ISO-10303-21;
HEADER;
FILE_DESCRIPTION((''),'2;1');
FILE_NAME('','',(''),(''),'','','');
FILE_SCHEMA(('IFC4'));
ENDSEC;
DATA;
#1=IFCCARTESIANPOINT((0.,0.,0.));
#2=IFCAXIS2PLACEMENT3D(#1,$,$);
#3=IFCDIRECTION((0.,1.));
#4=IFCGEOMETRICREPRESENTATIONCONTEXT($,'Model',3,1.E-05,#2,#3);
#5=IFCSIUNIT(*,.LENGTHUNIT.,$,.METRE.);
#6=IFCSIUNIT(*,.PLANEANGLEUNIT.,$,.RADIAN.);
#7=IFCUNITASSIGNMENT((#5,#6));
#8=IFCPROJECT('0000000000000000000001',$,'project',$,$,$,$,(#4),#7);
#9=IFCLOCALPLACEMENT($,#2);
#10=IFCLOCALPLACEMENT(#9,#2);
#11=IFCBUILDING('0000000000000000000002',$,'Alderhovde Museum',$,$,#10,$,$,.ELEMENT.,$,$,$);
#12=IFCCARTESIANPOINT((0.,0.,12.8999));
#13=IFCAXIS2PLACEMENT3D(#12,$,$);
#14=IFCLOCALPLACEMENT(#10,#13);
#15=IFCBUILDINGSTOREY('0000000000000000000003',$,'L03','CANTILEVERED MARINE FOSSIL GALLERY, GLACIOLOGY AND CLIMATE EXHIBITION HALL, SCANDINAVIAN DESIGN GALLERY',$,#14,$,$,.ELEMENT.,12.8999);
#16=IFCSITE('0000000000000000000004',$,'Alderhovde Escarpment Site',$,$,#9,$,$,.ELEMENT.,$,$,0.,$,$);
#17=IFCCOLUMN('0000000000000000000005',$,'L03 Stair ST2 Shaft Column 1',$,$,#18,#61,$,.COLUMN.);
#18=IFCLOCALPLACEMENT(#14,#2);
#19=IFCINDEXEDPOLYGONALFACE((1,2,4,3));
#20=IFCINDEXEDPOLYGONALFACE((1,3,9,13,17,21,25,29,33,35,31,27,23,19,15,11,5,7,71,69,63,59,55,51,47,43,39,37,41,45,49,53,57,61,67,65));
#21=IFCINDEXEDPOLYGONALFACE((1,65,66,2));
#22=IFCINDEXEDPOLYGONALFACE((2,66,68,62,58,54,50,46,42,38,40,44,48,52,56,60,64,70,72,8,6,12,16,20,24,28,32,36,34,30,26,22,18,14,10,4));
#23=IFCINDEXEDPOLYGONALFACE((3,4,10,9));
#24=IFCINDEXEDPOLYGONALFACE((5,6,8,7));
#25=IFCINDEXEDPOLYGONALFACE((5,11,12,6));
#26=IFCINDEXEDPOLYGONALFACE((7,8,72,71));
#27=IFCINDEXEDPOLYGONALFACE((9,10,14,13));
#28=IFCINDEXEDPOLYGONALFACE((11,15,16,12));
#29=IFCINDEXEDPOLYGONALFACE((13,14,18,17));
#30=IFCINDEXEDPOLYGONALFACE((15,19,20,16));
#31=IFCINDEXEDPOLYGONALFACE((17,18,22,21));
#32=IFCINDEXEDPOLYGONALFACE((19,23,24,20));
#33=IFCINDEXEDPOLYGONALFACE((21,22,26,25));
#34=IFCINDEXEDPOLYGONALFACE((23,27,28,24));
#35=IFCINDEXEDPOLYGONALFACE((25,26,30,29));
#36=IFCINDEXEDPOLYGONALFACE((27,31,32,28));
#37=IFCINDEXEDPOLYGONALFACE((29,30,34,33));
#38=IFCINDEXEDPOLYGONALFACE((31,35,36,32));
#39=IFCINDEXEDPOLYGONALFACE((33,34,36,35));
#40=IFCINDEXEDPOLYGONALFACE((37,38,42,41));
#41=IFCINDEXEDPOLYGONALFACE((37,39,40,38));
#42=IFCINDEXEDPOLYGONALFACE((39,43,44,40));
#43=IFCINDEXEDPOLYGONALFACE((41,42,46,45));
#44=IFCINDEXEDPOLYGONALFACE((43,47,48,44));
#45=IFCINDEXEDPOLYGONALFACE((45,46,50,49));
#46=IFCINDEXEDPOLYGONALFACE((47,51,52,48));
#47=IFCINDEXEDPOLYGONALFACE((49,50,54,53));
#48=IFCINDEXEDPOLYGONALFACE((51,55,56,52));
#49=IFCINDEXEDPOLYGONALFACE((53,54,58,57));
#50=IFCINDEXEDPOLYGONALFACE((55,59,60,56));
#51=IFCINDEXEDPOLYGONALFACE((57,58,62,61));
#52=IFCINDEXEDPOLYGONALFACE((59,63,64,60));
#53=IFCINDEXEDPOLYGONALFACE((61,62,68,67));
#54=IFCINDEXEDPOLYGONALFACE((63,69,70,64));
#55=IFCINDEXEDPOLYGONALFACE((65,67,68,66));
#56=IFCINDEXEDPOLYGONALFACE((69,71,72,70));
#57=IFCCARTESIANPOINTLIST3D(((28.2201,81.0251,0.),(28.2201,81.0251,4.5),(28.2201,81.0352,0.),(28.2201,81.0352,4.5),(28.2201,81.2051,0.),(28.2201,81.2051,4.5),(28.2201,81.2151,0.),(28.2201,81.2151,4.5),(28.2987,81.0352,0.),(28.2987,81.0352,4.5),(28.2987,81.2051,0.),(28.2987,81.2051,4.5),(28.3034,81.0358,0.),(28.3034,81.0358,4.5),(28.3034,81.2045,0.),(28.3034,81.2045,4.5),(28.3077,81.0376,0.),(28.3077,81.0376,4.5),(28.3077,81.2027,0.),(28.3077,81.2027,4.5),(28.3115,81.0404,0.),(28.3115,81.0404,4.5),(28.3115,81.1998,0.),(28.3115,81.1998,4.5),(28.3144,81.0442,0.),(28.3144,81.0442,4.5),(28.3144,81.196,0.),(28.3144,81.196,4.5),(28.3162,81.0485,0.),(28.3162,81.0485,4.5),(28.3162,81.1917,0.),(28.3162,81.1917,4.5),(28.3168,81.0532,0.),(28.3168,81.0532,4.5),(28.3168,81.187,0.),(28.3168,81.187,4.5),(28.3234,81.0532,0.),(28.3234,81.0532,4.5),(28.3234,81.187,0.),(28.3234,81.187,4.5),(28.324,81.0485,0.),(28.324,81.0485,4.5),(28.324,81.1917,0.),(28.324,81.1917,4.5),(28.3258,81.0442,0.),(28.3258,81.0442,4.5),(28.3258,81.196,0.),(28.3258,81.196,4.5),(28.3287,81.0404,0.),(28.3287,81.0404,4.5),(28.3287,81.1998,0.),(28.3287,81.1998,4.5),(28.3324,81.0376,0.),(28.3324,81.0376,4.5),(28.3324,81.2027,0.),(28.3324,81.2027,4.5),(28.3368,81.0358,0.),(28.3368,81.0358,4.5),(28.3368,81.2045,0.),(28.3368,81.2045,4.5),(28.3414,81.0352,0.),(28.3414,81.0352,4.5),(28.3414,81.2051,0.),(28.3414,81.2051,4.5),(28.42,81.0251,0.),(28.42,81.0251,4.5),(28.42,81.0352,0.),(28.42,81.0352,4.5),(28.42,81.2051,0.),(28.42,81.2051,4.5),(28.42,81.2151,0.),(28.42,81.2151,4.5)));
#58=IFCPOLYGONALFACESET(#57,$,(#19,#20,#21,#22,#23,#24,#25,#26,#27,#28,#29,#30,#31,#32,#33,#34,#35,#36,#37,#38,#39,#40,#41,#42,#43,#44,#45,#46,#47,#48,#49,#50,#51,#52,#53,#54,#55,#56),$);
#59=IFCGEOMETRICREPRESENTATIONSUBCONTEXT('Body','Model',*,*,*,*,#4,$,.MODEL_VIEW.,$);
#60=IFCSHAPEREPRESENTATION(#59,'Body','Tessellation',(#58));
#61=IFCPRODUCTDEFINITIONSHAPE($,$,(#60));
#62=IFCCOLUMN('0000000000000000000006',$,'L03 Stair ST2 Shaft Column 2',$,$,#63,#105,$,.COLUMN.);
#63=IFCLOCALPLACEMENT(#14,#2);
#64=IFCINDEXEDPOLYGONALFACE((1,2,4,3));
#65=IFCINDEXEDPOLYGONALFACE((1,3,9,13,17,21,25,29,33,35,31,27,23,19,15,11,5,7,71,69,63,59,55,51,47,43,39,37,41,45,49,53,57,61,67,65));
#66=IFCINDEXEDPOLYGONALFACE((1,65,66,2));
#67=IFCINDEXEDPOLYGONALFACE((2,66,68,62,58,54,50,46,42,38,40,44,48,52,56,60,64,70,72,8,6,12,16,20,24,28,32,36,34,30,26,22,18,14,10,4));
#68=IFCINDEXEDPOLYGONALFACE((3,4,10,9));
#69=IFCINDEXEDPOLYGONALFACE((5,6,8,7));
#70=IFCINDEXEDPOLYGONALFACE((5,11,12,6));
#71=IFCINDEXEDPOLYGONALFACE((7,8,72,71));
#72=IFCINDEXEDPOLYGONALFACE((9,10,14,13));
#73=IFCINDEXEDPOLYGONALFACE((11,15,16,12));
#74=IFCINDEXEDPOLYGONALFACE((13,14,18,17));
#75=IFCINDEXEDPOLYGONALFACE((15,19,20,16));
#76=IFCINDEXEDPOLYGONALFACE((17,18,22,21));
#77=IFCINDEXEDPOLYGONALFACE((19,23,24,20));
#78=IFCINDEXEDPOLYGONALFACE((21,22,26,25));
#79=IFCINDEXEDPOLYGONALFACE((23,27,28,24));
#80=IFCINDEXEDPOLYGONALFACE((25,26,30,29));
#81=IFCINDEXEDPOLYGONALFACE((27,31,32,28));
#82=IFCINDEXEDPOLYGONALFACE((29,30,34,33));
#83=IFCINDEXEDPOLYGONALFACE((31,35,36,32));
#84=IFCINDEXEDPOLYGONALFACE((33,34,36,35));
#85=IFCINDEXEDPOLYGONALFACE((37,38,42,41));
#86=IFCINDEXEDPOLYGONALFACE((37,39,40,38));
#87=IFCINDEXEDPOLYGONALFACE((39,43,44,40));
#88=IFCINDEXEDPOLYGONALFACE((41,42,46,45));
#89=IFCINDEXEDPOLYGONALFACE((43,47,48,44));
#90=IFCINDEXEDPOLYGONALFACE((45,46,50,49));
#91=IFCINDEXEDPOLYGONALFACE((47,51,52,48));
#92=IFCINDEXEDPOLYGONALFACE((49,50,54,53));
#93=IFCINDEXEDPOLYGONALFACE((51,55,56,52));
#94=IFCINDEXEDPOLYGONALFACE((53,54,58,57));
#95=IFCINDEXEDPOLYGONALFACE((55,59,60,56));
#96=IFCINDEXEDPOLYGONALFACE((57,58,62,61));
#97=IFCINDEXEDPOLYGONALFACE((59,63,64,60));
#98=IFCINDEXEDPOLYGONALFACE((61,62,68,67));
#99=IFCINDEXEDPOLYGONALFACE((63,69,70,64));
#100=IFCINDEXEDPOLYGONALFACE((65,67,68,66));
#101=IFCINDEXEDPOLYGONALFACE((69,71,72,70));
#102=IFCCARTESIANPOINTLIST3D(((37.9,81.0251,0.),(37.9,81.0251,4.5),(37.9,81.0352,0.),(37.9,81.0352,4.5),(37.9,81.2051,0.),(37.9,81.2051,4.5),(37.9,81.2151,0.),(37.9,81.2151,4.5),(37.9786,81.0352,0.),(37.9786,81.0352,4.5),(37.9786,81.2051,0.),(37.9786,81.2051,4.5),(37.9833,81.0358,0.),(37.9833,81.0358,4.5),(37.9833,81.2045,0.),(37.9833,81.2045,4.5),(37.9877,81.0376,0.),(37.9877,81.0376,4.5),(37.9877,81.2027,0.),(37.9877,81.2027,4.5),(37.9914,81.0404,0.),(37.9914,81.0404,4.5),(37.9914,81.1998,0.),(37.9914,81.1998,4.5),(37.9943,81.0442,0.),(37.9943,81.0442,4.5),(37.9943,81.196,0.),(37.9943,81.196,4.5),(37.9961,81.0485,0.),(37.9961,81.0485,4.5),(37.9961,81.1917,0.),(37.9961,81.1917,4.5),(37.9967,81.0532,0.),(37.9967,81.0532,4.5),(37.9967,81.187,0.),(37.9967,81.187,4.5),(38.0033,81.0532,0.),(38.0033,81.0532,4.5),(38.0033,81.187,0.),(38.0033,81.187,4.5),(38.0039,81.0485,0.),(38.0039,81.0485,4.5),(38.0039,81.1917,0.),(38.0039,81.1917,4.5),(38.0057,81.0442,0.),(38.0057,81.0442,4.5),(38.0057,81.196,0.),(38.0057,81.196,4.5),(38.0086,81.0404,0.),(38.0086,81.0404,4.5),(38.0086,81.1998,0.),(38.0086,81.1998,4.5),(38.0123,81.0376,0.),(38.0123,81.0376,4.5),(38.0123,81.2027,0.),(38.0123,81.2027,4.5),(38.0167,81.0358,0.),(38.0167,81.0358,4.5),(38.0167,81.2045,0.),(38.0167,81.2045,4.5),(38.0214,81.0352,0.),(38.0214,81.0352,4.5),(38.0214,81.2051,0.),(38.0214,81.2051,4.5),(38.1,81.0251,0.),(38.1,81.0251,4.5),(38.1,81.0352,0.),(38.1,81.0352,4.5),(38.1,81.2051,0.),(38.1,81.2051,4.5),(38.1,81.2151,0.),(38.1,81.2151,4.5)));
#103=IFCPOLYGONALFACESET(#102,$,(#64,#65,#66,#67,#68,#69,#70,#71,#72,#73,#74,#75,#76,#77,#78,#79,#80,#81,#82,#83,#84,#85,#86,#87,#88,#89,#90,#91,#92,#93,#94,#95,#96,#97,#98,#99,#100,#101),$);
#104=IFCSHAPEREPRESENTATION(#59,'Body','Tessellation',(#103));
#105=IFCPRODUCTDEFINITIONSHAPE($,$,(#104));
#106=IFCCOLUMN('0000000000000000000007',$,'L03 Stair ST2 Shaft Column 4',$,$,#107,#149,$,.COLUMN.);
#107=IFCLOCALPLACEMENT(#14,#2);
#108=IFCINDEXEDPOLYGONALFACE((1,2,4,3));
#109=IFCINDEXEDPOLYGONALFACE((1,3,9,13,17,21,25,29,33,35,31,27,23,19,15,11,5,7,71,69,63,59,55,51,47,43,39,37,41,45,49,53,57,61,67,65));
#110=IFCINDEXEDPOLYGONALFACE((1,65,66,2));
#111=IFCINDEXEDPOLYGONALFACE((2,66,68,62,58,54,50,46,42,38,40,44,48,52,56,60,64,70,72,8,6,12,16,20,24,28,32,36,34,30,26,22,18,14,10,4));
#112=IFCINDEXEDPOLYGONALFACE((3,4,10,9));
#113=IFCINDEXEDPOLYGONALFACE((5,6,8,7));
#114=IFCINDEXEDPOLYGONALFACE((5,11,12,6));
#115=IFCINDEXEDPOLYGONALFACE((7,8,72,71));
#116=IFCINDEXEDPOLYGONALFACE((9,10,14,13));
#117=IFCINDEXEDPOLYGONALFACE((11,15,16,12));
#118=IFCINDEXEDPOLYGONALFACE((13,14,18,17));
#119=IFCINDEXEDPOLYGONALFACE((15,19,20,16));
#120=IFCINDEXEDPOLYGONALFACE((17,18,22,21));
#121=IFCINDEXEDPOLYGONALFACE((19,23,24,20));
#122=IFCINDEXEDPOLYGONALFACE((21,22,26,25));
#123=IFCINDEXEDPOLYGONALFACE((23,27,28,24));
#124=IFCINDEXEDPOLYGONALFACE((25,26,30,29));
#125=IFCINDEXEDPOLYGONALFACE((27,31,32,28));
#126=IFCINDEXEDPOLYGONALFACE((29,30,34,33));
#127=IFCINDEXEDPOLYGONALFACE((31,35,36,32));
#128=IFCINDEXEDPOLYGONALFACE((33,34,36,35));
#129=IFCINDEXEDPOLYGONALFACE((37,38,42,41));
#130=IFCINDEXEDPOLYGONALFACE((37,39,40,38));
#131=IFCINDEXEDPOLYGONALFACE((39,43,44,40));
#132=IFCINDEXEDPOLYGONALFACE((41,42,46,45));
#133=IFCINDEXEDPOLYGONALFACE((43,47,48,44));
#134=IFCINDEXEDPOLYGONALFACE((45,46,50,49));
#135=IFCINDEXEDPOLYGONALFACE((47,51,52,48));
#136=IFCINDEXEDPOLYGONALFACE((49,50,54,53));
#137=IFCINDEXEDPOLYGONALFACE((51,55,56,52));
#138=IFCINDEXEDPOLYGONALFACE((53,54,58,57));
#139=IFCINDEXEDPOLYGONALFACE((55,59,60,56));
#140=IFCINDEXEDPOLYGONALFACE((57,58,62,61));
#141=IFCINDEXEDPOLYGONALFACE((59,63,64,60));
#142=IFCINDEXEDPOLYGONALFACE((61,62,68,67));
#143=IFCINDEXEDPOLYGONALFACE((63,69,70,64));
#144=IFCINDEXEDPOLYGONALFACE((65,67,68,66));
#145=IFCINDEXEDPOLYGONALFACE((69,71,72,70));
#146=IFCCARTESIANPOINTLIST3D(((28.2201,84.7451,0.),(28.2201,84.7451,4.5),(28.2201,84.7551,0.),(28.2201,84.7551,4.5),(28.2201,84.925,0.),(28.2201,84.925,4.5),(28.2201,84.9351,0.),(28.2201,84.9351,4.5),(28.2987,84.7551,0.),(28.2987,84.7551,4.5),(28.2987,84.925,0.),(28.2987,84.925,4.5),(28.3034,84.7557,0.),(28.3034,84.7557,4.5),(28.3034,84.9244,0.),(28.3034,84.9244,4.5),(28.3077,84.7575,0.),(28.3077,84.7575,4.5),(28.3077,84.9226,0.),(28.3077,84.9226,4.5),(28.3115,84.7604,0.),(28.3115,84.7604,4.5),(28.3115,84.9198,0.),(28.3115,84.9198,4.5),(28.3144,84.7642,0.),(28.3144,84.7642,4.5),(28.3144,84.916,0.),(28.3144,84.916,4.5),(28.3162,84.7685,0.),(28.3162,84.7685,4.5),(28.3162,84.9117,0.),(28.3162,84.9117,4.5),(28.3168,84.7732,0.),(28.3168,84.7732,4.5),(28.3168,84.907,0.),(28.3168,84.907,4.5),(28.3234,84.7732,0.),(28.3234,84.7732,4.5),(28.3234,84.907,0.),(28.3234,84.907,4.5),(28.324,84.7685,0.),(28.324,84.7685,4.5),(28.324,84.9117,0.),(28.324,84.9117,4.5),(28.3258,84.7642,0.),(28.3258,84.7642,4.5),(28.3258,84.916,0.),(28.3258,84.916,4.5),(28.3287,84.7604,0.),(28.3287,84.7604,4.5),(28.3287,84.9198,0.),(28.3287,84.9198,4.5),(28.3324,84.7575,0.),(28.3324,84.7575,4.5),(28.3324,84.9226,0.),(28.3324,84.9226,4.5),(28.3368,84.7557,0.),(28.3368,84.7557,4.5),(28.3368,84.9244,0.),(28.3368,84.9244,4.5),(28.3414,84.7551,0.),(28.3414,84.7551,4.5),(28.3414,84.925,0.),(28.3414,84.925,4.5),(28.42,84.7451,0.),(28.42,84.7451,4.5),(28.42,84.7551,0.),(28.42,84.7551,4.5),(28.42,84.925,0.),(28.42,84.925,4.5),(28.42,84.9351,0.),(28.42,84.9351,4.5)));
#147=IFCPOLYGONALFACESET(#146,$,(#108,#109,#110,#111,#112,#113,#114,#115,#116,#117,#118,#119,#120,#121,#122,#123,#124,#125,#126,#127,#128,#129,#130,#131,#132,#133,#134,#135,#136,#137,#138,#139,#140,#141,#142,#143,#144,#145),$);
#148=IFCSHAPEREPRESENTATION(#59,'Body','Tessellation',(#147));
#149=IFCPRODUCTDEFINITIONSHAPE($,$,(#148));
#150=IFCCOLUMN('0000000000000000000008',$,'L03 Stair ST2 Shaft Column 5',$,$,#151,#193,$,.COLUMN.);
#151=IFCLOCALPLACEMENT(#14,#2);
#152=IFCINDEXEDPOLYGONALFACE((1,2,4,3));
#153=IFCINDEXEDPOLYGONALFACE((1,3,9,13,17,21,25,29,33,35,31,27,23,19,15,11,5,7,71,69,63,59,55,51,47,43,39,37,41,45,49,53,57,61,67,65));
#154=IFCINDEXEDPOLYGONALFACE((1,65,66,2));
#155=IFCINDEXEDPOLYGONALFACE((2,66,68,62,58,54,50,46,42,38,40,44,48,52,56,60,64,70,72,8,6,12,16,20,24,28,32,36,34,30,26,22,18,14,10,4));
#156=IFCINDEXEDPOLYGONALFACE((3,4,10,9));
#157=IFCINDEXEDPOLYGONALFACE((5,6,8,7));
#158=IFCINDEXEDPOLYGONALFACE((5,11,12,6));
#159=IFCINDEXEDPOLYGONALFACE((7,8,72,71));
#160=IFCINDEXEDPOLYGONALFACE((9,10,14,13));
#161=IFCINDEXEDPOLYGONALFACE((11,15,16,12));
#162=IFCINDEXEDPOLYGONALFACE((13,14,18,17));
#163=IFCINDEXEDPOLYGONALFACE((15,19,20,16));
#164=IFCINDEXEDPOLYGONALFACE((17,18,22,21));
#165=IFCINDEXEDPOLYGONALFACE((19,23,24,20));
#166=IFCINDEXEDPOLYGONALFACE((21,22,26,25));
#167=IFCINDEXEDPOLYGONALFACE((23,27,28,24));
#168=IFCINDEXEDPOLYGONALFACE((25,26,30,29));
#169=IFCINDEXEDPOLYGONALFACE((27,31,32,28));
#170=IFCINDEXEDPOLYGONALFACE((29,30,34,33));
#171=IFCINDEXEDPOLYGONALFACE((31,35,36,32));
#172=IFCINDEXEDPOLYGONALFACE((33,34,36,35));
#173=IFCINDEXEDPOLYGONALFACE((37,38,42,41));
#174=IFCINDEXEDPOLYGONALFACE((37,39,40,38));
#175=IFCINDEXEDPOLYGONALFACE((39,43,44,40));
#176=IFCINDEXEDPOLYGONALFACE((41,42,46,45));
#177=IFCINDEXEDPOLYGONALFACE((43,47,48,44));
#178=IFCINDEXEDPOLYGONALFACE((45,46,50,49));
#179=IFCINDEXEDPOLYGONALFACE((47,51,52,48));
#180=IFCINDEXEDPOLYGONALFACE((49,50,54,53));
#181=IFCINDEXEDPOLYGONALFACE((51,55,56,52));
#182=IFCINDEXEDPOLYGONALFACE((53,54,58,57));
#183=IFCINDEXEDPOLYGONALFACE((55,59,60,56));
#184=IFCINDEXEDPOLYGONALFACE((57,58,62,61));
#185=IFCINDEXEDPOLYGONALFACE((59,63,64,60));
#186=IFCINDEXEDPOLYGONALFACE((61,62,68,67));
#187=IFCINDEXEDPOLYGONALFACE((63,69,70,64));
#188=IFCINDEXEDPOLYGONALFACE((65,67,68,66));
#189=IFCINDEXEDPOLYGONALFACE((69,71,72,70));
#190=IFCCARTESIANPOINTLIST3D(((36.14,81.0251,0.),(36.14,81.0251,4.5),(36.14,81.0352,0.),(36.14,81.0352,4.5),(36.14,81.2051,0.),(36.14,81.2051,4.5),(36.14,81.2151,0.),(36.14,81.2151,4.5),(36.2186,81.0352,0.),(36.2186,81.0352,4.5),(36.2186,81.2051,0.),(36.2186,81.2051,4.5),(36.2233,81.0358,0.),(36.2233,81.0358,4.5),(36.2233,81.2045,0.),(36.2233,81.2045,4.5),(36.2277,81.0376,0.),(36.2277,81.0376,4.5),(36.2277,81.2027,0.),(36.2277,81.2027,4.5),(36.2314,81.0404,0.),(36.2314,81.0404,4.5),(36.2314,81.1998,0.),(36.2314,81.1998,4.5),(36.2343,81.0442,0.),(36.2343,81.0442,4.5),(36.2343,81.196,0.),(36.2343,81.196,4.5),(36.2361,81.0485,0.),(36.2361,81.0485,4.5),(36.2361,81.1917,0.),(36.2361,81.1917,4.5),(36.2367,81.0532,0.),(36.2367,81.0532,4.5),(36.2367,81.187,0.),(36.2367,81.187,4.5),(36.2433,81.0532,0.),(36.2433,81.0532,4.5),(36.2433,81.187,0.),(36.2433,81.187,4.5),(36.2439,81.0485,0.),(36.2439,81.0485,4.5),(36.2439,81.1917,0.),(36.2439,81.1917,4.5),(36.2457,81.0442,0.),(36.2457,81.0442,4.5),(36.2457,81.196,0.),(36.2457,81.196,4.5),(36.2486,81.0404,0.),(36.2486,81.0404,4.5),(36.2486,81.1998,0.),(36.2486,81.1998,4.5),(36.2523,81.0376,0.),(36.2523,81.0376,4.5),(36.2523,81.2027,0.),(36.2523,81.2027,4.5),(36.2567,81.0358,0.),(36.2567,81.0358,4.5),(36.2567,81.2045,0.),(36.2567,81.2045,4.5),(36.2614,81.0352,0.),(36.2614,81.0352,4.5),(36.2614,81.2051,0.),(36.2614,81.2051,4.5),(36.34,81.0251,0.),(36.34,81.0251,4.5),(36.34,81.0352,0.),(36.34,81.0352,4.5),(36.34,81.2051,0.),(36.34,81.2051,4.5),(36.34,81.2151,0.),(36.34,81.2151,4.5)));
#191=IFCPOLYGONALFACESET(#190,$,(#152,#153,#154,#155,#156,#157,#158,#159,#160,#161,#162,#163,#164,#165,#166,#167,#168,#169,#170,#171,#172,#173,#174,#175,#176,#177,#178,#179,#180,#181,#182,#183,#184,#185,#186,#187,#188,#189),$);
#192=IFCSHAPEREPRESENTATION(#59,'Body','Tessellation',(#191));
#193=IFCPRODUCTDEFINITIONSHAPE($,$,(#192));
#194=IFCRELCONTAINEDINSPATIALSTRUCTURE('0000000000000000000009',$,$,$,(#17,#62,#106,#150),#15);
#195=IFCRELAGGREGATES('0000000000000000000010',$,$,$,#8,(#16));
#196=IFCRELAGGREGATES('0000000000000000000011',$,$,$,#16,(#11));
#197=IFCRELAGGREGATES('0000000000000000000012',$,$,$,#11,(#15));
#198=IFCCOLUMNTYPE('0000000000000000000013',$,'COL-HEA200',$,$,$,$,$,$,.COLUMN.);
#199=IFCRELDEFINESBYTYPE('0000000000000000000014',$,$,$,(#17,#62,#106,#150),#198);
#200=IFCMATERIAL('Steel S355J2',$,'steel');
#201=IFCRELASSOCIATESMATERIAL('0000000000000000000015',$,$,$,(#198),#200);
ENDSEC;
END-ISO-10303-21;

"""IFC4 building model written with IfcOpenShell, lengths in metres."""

from ifc_helpers import new_model, si_unit, direction, frame, origin, origin_2d, place, context, subcontext, project, spatial, i_section, extrude, material, material_profile, profile_set, type_object, element, save


model = new_model("IFC4")

# Units and contexts
model_context = context("Model", 3, precision=1e-05, world=origin(), true_north=direction((0.0, 1.0)))
body_context = subcontext(model_context, "Body", "Model", "MODEL_VIEW")
ifc_project = project(units=[si_unit("LENGTHUNIT", "METRE"), si_unit("PLANEANGLEUNIT", "RADIAN")], contexts=[model_context])

# Site, building, storey
site_placement = place(None, origin())
site = spatial("IfcSite", under=ifc_project, at=site_placement, Name="Alderhovde Escarpment Site", CompositionType="ELEMENT", RefElevation=0.0)
building_placement = place(site_placement, origin())
building = spatial("IfcBuilding", under=site, at=building_placement, Name="Alderhovde Museum", CompositionType="ELEMENT")
storey_placement = place(building_placement, frame((0.0, 0.0, 12.8999)))
storey = spatial("IfcBuildingStorey", under=building, at=storey_placement, Name="L03", Description="CANTILEVERED MARINE FOSSIL GALLERY, GLACIOLOGY AND CLIMATE EXHIBITION HALL, SCANDINAVIAN DESIGN GALLERY", CompositionType="ELEMENT", Elevation=12.8999)

# Columns
ifc_material_1 = material(Name="Steel S355J2", Category="steel")
ifc_material_profile_1 = material_profile(ifc_material_1, i_section(OverallWidth=0.2, OverallDepth=0.1899, WebThickness=0.0066, FlangeThickness=0.01, FilletRadius=0.0181, at=origin_2d()), Name="HEA 200")
ifc_profile_set_1 = profile_set([ifc_material_profile_1], Name="Steel S355J2")
column_type_1 = type_object("IfcColumnType", Name="COL-HEA200", PredefinedType="COLUMN", material=ifc_profile_set_1)
for number, where, z_axis, x_axis, name in (
    (1, (28.3201, 81.1201, 0.0), (0.0, 0.0, 1.0), (1.0, 0.0, 0.0), "L03 Stair ST2 Shaft Column 1"),
    (2, (38.0, 81.1201, 0.0), (0.0, 0.0, 1.0), (1.0, 0.0, 0.0), "L03 Stair ST2 Shaft Column 2"),
    (3, (28.3201, 84.8401, 0.0), (0.0, 0.0, 1.0), (1.0, 0.0, 0.0), "L03 Stair ST2 Shaft Column 4"),
    (4, (36.24, 81.1201, 0.0), (0.0, 0.0, 1.0), (1.0, 0.0, 0.0), "L03 Stair ST2 Shaft Column 5"),
):
    element("IfcColumn", number, at=place(storey_placement, frame(where, z_axis=z_axis, x_axis=x_axis)), inside=storey, type_object=column_type_1, Name=name, PredefinedType="COLUMN", context=body_context, shape_type="SweptSolid", body=[
        extrude(i_section(OverallWidth=0.2, OverallDepth=0.1899, WebThickness=0.0066, FlangeThickness=0.01, FilletRadius=0.0181, at=origin_2d()), origin(), (0.0, 0.0, 1.0), 4.5),
    ])

save(model, "model.ifc")
